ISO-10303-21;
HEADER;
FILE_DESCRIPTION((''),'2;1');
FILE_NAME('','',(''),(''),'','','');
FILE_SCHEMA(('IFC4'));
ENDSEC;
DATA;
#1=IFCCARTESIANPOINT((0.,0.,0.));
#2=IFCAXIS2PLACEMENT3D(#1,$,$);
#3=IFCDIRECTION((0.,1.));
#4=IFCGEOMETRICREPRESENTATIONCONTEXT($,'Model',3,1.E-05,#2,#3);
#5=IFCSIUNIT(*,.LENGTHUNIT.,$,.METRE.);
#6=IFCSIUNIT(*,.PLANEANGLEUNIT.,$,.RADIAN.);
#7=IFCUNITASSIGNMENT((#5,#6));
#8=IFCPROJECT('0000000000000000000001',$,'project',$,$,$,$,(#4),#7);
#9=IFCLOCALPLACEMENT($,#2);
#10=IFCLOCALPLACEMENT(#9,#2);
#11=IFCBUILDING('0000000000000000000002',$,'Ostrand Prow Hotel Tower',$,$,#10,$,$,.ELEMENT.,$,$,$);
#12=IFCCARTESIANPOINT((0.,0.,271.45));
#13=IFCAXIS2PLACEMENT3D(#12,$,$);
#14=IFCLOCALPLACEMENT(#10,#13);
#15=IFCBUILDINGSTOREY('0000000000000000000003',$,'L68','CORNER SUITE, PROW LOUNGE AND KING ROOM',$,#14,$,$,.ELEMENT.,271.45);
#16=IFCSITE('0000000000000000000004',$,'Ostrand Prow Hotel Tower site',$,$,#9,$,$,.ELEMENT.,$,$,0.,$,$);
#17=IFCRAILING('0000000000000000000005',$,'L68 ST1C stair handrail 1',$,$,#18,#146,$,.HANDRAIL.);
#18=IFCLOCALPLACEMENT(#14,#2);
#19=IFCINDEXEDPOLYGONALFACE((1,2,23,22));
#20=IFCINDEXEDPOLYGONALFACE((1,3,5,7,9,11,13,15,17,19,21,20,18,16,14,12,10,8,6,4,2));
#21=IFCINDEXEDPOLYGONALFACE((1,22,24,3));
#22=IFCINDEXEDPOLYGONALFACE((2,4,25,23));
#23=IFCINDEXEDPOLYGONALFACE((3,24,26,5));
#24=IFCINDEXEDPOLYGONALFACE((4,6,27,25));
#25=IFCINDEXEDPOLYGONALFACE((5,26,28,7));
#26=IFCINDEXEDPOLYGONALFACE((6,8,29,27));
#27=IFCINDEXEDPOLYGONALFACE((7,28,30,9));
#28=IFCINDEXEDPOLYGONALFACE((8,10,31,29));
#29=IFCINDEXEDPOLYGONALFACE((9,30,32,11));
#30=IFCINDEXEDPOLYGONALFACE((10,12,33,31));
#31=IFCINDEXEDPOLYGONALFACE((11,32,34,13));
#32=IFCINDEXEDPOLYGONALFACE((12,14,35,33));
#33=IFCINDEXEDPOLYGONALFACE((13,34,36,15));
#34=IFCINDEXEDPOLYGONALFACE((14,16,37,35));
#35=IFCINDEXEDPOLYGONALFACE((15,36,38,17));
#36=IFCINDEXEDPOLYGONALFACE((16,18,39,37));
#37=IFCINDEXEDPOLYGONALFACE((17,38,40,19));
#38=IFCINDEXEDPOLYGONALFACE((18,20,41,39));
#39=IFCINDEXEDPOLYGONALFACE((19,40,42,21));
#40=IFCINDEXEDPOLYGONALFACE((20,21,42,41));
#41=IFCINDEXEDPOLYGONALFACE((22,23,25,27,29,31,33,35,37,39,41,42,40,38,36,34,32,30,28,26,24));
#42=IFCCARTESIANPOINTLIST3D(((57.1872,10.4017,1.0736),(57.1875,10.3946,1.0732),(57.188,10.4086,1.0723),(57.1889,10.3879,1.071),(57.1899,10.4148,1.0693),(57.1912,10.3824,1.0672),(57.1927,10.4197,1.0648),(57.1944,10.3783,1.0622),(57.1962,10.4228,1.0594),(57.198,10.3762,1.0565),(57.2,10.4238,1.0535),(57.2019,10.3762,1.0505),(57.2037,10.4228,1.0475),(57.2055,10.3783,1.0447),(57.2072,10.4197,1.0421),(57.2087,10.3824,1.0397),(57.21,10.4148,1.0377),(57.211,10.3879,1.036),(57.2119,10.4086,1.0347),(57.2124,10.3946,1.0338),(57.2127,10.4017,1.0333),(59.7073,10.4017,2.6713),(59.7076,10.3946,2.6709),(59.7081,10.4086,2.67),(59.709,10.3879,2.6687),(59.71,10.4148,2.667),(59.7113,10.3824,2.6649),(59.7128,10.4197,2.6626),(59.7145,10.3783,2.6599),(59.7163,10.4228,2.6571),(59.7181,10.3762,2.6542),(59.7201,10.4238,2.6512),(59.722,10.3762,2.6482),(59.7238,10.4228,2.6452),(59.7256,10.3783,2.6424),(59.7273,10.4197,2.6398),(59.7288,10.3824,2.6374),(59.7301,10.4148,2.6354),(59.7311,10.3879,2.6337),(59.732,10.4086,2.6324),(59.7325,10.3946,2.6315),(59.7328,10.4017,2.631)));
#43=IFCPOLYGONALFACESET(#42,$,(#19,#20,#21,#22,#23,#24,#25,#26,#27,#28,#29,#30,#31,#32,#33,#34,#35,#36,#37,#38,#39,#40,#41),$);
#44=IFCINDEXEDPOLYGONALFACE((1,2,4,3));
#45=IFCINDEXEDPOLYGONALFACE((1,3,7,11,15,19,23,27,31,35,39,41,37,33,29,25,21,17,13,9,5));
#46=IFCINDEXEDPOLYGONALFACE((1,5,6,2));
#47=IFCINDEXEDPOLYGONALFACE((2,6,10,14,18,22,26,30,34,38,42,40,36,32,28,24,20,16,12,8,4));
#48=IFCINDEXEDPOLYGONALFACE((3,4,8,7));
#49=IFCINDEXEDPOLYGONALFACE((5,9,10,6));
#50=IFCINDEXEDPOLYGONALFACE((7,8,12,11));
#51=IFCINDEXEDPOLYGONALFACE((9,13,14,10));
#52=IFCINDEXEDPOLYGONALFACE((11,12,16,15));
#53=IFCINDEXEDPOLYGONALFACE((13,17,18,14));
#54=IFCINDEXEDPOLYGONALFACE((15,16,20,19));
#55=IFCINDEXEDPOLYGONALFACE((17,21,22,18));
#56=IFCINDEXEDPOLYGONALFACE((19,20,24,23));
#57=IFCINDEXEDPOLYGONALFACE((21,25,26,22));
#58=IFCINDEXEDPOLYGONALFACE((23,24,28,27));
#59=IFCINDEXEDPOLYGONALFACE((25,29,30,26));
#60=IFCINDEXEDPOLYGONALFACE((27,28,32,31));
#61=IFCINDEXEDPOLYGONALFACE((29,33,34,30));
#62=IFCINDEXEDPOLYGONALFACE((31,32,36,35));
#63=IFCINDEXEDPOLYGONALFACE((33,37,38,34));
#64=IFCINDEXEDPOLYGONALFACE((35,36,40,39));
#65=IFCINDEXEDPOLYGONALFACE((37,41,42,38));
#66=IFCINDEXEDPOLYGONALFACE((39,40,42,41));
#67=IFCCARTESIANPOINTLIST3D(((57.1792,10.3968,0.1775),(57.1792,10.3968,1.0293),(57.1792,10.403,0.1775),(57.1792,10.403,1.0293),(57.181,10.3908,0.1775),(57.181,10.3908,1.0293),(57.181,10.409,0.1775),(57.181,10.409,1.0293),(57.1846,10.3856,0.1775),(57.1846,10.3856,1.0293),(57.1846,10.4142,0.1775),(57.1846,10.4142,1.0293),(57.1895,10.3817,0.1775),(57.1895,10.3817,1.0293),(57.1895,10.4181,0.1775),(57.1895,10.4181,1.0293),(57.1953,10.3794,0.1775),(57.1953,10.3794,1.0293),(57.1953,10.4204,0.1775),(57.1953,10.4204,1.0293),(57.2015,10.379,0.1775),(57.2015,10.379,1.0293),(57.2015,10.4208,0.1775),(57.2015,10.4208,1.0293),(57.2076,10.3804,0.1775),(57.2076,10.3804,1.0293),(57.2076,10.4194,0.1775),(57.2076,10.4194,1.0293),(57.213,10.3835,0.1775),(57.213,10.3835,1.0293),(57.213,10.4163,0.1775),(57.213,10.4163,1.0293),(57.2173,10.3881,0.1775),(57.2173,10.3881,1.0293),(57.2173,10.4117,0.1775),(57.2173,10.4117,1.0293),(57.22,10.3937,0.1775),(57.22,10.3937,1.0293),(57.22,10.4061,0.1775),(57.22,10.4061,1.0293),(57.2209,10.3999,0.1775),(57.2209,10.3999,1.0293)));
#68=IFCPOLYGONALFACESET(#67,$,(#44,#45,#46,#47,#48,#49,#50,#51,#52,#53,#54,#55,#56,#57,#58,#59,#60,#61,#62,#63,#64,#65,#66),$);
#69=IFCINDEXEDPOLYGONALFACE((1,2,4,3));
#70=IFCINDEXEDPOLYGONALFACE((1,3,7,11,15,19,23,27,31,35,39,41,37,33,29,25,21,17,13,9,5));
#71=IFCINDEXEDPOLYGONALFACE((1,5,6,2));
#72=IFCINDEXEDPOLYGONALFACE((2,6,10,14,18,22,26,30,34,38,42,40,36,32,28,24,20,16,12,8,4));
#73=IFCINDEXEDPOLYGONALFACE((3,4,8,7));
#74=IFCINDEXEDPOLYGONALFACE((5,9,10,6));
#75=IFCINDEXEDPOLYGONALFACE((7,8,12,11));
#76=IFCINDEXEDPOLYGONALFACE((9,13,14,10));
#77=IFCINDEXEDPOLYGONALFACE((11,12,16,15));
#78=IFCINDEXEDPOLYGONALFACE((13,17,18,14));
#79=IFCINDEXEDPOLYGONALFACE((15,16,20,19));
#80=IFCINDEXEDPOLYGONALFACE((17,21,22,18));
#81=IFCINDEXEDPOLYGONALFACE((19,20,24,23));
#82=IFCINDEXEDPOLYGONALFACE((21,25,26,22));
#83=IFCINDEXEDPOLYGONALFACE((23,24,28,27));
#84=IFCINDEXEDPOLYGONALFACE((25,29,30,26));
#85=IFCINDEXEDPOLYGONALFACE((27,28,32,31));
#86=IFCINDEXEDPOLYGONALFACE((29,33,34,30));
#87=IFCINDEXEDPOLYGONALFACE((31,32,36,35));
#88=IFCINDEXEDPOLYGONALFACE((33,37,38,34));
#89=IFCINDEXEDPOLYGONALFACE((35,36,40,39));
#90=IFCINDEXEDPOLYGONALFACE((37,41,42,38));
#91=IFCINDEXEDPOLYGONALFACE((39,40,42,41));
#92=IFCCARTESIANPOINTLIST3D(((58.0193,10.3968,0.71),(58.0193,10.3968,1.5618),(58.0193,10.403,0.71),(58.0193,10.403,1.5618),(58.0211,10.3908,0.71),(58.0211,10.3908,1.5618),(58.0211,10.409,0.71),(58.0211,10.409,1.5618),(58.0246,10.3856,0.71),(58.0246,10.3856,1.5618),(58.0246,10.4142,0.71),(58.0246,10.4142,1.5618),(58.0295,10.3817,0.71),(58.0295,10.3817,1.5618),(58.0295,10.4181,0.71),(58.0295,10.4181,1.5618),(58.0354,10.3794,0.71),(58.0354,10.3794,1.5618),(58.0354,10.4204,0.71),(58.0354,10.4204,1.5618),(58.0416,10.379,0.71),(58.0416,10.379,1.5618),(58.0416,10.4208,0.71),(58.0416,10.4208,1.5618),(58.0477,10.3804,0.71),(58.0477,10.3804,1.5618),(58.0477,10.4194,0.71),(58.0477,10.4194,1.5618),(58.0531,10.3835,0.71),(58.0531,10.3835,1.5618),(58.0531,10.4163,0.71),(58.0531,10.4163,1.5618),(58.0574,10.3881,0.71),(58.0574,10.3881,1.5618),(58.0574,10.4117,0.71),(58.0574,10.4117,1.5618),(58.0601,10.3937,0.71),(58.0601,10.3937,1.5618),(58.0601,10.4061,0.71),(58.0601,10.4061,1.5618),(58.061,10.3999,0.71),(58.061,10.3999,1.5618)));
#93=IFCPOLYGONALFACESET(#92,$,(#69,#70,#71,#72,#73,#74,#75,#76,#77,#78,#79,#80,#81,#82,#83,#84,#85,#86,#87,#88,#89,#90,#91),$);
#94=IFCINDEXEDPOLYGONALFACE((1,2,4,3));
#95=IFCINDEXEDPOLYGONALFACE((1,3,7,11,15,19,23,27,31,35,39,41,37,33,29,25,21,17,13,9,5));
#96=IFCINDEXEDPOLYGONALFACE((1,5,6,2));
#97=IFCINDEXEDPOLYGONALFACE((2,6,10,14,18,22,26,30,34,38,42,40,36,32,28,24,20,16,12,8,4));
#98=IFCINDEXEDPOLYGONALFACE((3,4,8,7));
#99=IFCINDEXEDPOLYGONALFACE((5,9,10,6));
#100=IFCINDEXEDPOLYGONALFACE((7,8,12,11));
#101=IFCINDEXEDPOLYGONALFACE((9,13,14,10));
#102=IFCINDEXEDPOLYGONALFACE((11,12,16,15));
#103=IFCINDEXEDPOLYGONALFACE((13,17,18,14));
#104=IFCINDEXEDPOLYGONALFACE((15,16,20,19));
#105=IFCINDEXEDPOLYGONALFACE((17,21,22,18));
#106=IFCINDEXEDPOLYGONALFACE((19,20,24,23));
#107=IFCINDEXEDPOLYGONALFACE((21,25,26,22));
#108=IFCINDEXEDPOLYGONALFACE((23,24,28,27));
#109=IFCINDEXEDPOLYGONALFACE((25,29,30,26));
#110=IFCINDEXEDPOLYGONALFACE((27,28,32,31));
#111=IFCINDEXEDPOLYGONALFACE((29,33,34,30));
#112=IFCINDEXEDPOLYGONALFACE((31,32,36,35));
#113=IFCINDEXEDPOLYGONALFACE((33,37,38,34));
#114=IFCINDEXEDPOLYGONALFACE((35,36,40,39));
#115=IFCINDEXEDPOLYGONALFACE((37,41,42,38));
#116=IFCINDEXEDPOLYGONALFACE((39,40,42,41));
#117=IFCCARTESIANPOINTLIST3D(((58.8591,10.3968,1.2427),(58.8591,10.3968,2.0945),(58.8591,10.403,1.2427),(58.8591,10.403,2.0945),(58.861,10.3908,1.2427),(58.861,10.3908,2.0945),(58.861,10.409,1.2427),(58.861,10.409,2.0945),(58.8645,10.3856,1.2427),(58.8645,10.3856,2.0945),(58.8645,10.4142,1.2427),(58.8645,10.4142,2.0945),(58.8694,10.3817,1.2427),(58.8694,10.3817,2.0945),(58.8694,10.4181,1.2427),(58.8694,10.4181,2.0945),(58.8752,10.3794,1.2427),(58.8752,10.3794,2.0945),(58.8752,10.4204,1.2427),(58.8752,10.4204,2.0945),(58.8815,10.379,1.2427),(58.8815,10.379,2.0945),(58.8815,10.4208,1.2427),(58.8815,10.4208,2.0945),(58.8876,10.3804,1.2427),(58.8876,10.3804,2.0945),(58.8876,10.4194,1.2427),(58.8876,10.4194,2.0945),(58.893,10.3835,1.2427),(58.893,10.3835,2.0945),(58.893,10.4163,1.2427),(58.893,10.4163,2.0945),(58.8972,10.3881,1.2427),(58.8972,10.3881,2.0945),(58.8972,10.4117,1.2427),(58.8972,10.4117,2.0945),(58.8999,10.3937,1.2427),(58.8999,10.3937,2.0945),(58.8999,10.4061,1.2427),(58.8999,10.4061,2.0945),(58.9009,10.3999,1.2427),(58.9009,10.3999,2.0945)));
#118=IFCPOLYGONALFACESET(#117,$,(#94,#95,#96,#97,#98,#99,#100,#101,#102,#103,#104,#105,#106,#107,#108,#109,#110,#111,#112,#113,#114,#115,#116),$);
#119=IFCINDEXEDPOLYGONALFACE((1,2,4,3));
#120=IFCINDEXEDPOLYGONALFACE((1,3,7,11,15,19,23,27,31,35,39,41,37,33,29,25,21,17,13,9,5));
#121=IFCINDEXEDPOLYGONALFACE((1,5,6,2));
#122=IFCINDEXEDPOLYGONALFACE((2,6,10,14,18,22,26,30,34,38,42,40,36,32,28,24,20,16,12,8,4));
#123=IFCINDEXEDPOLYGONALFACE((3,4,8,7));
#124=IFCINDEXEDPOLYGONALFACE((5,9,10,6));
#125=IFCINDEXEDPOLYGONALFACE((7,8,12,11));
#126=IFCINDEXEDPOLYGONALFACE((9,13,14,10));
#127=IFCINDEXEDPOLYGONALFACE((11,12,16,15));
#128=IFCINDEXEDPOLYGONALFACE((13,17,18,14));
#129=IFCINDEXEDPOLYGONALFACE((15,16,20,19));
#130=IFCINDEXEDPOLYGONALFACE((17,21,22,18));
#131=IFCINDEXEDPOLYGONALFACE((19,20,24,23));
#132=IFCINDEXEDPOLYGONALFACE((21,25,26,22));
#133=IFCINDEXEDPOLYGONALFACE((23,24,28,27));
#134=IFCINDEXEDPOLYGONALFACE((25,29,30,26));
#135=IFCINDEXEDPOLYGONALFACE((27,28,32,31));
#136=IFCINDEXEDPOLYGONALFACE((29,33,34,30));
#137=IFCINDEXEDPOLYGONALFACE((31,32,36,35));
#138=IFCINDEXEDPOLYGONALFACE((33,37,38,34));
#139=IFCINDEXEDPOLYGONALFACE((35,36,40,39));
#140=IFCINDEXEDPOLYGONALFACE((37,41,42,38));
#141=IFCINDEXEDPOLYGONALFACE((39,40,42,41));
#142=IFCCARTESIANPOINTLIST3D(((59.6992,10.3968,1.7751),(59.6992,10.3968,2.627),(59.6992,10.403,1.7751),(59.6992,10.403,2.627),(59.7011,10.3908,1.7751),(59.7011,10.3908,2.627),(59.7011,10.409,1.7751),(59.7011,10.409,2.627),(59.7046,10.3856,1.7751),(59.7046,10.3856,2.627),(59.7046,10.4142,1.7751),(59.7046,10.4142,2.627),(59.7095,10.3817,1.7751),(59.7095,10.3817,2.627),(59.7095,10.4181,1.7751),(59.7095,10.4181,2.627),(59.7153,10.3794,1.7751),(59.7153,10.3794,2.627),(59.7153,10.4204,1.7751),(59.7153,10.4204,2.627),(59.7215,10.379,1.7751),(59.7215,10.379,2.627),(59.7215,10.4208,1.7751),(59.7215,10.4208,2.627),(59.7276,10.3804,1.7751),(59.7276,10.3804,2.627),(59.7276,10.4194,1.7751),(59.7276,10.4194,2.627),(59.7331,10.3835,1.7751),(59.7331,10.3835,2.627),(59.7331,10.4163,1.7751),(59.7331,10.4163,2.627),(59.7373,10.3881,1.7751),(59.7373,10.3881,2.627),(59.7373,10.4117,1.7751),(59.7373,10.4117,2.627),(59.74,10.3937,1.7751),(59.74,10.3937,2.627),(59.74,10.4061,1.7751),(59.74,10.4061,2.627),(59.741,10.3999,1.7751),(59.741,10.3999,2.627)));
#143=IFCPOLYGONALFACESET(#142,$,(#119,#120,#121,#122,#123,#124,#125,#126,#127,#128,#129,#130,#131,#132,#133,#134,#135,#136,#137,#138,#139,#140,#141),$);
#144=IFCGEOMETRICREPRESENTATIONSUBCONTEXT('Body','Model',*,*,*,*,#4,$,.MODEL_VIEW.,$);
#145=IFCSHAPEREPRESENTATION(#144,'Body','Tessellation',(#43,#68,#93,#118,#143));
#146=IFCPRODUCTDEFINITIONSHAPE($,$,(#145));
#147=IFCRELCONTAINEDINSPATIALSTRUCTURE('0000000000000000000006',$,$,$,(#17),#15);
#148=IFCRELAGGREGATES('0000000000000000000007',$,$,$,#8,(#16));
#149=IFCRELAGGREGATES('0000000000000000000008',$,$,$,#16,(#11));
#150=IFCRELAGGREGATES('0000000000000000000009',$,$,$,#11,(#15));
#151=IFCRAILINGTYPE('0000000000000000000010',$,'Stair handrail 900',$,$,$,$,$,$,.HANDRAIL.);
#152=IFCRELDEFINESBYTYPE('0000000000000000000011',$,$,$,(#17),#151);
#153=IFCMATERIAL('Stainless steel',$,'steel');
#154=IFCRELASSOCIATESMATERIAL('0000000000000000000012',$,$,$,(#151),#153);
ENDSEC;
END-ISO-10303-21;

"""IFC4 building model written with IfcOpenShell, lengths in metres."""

from ifc_helpers import new_model, si_unit, direction, frame, origin, origin_2d, place, context, subcontext, project, spatial, circle, extrude, material, type_object, element, save


model = new_model("IFC4")

# Units and contexts
model_context = context("Model", 3, precision=1e-05, world=origin(), true_north=direction((0.0, 1.0)))
body_context = subcontext(model_context, "Body", "Model", "MODEL_VIEW")
ifc_project = project(units=[si_unit("LENGTHUNIT", "METRE"), si_unit("PLANEANGLEUNIT", "RADIAN")], contexts=[model_context])

# Site, building, storey
site_placement = place(None, origin())
site = spatial("IfcSite", under=ifc_project, at=site_placement, Name="Ostrand Prow Hotel Tower site", CompositionType="ELEMENT", RefElevation=0.0)
building_placement = place(site_placement, origin())
building = spatial("IfcBuilding", under=site, at=building_placement, Name="Ostrand Prow Hotel Tower", CompositionType="ELEMENT")
storey_placement = place(building_placement, frame((0.0, 0.0, 271.45)))
storey = spatial("IfcBuildingStorey", under=building, at=storey_placement, Name="L68", Description="CORNER SUITE, PROW LOUNGE AND KING ROOM", CompositionType="ELEMENT", Elevation=271.45)

# Railing
ifc_material_1 = material(Name="Stainless steel", Category="steel")
railing_type_1 = type_object("IfcRailingType", Name="Stair handrail 900", PredefinedType="HANDRAIL", material=ifc_material_1)
railing_1_placement = place(storey_placement, frame((57.2, 10.3999, 0.1775)))
element("IfcRailing", 1, at=railing_1_placement, inside=storey, type_object=railing_type_1, Name="L68 ST1C stair handrail 1", PredefinedType="HANDRAIL", context=body_context, shape_type="SweptSolid", body=[
    extrude(circle(Radius=0.0239, at=origin_2d()), frame((0.0, 0.0, 0.876), z_axis=(0.84457, 0.0, 0.535445), x_axis=(0.0, 1.0, 0.0)), (0.0, 0.0, 1.0), 2.9839),
    extrude(circle(Radius=0.021, at=origin_2d()), origin(), (0.0, 0.0, 1.0), 0.8518),
    extrude(circle(Radius=0.021, at=origin_2d()), frame((0.8401, 0.0, 0.5325)), (0.0, 0.0, 1.0), 0.8518),
    extrude(circle(Radius=0.021, at=origin_2d()), frame((1.6799, 0.0, 1.0652)), (0.0, 0.0, 1.0), 0.8518),
    extrude(circle(Radius=0.021, at=origin_2d()), frame((2.52, 0.0, 1.5977)), (0.0, 0.0, 1.0), 0.8518),
])

save(model, "model.ifc")
